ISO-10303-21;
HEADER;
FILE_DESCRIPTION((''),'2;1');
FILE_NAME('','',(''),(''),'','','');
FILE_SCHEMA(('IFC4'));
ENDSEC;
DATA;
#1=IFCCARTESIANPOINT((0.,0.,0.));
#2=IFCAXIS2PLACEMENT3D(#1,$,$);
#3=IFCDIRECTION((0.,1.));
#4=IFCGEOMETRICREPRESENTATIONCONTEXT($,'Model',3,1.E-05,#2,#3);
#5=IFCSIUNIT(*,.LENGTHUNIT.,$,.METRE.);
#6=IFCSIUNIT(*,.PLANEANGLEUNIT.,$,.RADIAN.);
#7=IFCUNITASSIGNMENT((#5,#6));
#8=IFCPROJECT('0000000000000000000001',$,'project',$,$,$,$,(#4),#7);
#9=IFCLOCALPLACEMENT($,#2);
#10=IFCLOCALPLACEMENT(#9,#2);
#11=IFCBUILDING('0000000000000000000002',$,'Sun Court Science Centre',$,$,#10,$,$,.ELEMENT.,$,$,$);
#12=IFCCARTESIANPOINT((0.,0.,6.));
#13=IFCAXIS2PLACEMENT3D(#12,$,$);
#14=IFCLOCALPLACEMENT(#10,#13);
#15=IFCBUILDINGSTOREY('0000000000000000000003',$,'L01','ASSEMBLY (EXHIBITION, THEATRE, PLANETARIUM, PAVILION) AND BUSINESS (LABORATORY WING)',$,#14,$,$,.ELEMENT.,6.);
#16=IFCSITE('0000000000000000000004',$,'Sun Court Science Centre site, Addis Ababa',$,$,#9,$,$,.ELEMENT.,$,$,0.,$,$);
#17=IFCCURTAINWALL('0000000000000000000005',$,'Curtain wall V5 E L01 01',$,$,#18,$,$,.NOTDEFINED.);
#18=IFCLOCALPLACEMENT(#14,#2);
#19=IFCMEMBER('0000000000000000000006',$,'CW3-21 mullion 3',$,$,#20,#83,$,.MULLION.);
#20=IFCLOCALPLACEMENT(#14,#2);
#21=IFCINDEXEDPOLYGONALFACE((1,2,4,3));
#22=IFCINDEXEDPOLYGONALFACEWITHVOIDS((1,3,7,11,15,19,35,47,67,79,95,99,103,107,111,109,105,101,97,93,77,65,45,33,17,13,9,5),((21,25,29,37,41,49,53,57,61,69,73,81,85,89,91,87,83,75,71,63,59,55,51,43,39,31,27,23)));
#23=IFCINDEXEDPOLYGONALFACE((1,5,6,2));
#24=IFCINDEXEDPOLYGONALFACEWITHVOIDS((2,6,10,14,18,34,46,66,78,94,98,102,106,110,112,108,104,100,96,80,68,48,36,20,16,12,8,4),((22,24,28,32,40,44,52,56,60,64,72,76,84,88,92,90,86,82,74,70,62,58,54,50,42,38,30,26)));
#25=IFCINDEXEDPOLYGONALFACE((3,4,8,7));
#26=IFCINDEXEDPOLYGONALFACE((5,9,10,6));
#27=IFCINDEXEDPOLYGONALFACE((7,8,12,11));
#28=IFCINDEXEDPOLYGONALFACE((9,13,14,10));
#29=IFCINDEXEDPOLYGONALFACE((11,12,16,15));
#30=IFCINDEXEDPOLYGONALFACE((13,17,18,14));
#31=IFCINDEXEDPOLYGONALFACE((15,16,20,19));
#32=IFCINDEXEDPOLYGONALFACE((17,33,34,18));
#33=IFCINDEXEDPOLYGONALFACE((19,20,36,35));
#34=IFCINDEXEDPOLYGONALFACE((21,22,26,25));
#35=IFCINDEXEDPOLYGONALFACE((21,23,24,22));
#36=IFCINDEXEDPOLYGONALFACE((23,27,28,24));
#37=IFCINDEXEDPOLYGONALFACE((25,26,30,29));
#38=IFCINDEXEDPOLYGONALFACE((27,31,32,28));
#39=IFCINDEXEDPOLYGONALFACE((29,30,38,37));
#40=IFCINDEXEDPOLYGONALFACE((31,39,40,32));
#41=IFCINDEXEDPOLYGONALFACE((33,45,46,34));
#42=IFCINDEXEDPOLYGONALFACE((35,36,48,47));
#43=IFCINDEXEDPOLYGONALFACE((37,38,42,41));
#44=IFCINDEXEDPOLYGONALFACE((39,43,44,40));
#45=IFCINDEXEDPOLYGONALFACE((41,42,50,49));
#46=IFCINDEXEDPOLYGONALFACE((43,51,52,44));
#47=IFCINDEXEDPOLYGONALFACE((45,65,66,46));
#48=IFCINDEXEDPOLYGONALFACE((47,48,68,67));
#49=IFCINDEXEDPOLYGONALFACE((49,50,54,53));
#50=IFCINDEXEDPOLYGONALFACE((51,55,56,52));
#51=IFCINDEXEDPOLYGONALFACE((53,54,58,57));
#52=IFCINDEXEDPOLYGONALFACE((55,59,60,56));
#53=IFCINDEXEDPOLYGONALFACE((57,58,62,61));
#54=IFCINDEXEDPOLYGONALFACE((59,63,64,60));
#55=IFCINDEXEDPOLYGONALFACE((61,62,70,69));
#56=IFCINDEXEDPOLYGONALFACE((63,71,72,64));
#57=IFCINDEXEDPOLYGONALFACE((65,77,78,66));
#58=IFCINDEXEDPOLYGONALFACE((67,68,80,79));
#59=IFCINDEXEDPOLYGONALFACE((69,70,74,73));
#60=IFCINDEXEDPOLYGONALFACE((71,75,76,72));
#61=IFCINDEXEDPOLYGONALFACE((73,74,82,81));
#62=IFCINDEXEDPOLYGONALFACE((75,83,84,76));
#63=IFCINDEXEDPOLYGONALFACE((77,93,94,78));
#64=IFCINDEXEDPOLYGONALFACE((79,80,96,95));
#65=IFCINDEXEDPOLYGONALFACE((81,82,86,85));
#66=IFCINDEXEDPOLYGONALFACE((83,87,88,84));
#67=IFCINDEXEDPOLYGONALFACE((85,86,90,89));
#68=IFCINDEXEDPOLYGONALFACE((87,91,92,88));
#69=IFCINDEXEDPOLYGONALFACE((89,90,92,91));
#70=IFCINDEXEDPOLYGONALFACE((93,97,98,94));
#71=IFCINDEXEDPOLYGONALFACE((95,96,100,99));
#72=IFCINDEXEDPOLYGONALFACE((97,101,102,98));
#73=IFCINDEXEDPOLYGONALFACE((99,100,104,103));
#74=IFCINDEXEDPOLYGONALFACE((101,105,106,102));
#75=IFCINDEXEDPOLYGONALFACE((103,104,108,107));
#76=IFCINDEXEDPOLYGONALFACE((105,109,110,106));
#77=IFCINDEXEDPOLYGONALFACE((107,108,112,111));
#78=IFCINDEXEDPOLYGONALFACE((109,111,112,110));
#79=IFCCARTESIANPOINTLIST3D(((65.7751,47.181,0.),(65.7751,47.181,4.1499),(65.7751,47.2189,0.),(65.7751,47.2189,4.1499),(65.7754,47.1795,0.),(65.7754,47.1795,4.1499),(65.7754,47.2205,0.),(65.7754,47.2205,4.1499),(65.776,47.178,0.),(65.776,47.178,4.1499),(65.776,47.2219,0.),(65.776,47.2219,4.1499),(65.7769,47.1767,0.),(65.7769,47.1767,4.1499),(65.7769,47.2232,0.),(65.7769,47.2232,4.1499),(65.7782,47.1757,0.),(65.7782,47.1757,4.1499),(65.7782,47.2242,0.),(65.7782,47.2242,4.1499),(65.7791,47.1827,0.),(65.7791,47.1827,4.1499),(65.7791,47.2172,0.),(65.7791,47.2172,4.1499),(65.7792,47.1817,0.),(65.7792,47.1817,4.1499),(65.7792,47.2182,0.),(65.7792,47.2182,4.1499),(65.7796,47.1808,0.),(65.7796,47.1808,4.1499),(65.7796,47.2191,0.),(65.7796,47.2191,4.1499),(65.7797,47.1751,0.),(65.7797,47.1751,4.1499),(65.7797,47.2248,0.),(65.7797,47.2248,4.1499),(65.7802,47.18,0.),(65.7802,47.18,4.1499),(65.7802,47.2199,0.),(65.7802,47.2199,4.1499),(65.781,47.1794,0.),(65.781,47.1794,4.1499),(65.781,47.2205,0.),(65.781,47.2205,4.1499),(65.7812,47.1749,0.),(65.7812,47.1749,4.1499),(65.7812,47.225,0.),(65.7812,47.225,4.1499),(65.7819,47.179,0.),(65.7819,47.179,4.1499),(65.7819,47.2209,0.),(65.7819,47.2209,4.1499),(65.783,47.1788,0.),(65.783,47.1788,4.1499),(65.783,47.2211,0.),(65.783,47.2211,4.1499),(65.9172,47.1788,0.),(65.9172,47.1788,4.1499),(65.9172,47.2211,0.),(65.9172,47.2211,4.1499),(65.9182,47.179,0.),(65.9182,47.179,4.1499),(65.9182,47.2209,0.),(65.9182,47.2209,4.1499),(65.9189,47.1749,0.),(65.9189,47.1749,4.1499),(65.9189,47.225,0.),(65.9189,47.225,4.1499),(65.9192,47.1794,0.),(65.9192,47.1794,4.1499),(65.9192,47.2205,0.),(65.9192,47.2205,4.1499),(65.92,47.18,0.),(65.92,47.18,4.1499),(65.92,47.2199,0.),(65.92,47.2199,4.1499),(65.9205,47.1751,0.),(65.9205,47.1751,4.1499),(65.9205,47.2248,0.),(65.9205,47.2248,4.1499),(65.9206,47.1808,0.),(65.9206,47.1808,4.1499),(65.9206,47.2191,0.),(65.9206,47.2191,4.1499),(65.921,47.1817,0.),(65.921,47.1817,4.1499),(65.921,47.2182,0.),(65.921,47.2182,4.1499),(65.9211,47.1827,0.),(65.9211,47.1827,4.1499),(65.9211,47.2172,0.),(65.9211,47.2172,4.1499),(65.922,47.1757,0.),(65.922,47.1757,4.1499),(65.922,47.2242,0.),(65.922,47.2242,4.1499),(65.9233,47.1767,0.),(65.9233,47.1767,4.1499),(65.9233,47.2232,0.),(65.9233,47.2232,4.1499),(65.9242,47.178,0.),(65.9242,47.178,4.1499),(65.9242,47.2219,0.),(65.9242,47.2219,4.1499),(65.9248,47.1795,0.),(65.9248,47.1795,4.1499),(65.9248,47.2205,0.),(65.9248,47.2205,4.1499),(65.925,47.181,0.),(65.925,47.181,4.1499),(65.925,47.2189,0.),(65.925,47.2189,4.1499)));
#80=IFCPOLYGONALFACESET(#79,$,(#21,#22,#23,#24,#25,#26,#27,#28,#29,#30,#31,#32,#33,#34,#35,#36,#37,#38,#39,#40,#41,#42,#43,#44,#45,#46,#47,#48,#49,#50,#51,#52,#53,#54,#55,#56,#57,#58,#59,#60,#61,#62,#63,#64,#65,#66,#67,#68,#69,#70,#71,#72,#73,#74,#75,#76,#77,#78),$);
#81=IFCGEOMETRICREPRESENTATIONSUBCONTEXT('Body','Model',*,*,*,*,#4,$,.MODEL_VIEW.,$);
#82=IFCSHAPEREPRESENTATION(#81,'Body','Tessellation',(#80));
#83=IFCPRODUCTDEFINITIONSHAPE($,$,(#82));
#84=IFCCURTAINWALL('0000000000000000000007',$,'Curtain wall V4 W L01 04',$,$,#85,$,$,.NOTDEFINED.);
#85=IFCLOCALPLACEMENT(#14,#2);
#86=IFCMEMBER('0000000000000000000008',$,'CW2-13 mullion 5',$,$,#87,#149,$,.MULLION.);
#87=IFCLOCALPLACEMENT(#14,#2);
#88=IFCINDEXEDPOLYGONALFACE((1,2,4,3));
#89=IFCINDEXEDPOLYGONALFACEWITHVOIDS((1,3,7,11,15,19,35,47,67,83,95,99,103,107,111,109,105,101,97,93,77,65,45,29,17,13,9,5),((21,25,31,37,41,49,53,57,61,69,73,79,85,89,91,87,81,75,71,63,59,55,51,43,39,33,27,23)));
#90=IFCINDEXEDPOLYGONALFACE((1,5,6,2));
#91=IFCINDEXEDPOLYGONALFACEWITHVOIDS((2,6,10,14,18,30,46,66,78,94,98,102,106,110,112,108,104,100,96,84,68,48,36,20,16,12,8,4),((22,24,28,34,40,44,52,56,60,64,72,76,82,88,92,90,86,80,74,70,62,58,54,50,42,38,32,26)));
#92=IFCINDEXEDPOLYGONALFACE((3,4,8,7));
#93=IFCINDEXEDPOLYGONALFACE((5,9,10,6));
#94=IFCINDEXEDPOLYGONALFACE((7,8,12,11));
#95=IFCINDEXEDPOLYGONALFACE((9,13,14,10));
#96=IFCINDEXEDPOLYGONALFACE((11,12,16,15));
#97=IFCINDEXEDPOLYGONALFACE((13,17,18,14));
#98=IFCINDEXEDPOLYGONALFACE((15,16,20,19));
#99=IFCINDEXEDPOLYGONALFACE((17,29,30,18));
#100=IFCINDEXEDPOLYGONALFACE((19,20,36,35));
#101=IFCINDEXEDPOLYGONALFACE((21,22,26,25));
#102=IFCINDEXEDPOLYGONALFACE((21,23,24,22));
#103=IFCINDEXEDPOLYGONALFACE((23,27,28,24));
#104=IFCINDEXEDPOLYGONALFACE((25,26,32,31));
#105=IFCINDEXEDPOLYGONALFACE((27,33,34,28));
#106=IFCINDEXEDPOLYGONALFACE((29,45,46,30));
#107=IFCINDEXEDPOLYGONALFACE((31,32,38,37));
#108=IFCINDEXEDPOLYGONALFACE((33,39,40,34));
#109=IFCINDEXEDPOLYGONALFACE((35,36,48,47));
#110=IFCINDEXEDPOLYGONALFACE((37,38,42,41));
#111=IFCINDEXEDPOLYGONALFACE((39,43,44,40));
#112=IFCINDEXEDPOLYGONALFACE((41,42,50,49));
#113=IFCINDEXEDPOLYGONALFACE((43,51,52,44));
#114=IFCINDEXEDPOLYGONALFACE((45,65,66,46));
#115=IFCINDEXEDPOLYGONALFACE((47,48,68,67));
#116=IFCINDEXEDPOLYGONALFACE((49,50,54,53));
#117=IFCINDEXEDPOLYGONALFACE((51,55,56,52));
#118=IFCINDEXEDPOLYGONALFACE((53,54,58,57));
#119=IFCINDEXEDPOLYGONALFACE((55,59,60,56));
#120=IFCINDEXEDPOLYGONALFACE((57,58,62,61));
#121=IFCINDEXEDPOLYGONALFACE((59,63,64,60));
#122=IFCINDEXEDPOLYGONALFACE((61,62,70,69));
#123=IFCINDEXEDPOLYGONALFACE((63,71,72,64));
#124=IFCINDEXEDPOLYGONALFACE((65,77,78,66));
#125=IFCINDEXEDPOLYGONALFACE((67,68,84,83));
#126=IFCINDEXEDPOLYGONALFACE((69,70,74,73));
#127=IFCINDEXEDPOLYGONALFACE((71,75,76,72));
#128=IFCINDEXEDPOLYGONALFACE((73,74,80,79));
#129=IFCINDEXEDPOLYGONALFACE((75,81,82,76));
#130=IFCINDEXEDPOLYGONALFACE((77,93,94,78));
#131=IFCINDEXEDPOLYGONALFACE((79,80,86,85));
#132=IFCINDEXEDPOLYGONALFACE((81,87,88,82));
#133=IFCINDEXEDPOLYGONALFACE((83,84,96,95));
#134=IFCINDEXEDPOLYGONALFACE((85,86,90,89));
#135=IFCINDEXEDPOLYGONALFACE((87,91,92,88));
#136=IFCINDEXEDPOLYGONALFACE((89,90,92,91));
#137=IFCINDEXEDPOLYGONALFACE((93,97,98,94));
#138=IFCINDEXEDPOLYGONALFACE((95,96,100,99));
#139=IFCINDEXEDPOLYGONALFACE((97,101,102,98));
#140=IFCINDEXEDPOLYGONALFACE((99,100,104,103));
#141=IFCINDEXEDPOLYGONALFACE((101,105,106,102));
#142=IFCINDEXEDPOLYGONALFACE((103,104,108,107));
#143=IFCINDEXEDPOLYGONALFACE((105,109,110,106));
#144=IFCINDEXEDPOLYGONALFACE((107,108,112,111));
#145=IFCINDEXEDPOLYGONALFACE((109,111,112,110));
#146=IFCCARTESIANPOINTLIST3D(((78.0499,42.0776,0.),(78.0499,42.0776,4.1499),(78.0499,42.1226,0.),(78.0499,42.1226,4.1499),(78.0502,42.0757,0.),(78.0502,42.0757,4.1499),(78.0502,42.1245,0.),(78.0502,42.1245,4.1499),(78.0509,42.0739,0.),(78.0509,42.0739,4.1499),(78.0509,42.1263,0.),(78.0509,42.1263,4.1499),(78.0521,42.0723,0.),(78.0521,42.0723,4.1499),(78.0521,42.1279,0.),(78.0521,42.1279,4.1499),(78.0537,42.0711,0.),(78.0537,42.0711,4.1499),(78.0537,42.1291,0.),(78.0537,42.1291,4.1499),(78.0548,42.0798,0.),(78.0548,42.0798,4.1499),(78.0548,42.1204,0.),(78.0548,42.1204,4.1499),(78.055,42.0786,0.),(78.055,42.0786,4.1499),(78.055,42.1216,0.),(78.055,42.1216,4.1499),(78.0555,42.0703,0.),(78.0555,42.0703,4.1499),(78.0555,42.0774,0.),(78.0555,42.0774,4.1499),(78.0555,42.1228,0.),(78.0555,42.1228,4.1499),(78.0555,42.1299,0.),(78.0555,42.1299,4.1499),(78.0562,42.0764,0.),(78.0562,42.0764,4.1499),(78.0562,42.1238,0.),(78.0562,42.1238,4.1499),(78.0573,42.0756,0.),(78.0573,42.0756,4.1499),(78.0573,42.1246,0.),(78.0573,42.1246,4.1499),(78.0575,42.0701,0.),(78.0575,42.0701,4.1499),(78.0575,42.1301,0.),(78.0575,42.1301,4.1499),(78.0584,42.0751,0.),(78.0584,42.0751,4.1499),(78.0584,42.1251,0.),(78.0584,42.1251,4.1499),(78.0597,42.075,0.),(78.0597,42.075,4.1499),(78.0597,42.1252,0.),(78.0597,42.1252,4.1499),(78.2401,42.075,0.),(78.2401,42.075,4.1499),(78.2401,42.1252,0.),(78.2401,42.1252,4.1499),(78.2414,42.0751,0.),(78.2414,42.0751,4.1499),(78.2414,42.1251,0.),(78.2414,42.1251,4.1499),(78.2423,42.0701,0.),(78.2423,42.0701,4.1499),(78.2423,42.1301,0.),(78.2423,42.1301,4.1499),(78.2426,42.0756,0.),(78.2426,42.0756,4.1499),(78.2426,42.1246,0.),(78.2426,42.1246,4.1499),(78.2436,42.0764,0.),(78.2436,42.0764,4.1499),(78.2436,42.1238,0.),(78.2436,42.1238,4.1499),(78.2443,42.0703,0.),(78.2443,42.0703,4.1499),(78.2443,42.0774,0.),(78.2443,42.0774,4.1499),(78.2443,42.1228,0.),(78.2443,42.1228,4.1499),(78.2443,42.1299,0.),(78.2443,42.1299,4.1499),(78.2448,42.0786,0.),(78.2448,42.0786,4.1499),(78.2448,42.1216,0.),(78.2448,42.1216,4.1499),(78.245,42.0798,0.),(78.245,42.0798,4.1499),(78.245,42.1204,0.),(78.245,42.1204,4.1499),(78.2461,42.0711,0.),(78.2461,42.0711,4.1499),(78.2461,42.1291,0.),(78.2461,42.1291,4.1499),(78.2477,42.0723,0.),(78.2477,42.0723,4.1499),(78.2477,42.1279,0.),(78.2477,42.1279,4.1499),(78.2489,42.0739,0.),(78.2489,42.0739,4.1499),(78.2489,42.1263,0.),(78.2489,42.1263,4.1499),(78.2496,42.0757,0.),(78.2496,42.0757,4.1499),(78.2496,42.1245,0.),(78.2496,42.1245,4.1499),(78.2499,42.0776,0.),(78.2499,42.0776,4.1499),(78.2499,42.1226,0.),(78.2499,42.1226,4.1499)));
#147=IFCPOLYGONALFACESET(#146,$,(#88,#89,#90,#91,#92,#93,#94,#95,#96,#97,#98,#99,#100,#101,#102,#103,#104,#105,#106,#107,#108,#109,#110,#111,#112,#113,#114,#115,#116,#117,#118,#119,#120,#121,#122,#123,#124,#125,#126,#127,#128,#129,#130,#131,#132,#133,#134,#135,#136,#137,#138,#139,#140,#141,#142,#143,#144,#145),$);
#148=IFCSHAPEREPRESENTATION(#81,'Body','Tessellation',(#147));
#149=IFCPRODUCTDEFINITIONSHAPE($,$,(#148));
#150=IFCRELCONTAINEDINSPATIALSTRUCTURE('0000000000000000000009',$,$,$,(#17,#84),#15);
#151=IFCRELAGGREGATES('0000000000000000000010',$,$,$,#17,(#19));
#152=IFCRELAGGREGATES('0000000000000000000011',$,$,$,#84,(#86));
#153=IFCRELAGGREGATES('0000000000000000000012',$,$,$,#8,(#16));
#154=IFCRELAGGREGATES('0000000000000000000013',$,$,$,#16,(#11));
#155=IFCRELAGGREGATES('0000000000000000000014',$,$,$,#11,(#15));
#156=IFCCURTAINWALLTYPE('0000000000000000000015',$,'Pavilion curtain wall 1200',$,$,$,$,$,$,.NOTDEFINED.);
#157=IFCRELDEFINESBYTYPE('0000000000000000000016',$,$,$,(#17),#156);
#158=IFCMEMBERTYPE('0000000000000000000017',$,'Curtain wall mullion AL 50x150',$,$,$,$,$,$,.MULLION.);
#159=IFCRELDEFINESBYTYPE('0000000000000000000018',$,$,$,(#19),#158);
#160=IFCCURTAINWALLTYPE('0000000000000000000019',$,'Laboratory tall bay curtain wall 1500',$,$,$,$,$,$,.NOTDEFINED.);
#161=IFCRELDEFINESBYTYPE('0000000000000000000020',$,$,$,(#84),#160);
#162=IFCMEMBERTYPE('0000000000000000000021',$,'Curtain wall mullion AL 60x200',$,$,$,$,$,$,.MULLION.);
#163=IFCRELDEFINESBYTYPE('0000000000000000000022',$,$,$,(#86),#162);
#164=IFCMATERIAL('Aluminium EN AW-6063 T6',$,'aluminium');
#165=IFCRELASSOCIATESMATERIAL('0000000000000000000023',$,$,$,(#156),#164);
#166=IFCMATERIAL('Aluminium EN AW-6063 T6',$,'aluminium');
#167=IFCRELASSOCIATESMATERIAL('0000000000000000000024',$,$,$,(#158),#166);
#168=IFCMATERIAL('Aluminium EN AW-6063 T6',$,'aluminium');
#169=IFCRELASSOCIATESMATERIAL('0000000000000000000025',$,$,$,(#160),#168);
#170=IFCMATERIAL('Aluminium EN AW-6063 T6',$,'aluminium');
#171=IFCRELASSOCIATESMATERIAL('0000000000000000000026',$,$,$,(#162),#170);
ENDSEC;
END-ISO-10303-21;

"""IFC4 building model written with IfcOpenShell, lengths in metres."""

from ifc_helpers import new_model, si_unit, direction, frame, origin, origin_2d, place, context, subcontext, project, spatial, hollow_rectangle, extrude, material, material_profile, profile_set, type_object, element, aggregate, save


model = new_model("IFC4")

# Units and contexts
model_context = context("Model", 3, precision=1e-05, world=origin(), true_north=direction((0.0, 1.0)))
body_context = subcontext(model_context, "Body", "Model", "MODEL_VIEW")
ifc_project = project(units=[si_unit("LENGTHUNIT", "METRE"), si_unit("PLANEANGLEUNIT", "RADIAN")], contexts=[model_context])

# Site, building, storey
site_placement = place(None, origin())
site = spatial("IfcSite", under=ifc_project, at=site_placement, Name="Sun Court Science Centre site, Addis Ababa", CompositionType="ELEMENT", RefElevation=0.0)
building_placement = place(site_placement, origin())
building = spatial("IfcBuilding", under=site, at=building_placement, Name="Sun Court Science Centre", CompositionType="ELEMENT")
storey_placement = place(building_placement, frame((0.0, 0.0, 6.0)))
storey = spatial("IfcBuildingStorey", under=building, at=storey_placement, Name="L01", Description="ASSEMBLY (EXHIBITION, THEATRE, PLANETARIUM, PAVILION) AND BUSINESS (LABORATORY WING)", CompositionType="ELEMENT", Elevation=6.0)

# Curtain wall, member
ifc_material_1 = material(Name="Aluminium EN AW-6063 T6", Category="aluminium")
curtain_wall_type_1 = type_object("IfcCurtainWallType", Name="Pavilion curtain wall 1200", PredefinedType="NOTDEFINED", material=ifc_material_1)
curtain_wall_1_placement = place(storey_placement, origin())
curtain_wall_1 = element("IfcCurtainWall", 1, at=curtain_wall_1_placement, inside=storey, type_object=curtain_wall_type_1, Name="Curtain wall V5 E L01 01", PredefinedType="NOTDEFINED")
ifc_material_2 = material(Name="Aluminium EN AW-6063 T6", Category="aluminium")
ifc_material_profile_1 = material_profile(ifc_material_2, hollow_rectangle(XDim=0.05, YDim=0.1499, WallThickness=0.0039, InnerFilletRadius=0.0039, OuterFilletRadius=0.0061, at=origin_2d()), Name="AL 50x150x4")
ifc_profile_set_1 = profile_set([ifc_material_profile_1], Name="Aluminium EN AW-6063 T6")
member_type_1 = type_object("IfcMemberType", Name="Curtain wall mullion AL 50x150", PredefinedType="MULLION", material=ifc_profile_set_1)
member_1_placement = place(storey_placement, frame((65.8501, 47.2, 0.0), z_axis=(0.0, 0.0, 1.0), x_axis=(0.0, -1.0, 0.0)))
member_1 = element("IfcMember", 2, at=member_1_placement, type_object=member_type_1, Name="CW3-21 mullion 3", PredefinedType="MULLION", context=body_context, shape_type="SweptSolid", body=[
    extrude(hollow_rectangle(XDim=0.05, YDim=0.1499, WallThickness=0.0039, InnerFilletRadius=0.0039, OuterFilletRadius=0.0061, at=origin_2d()), origin(), (0.0, 0.0, 1.0), 4.1499),
])

# Curtain wall, member
ifc_material_3 = material(Name="Aluminium EN AW-6063 T6", Category="aluminium")
curtain_wall_type_2 = type_object("IfcCurtainWallType", Name="Laboratory tall bay curtain wall 1500", PredefinedType="NOTDEFINED", material=ifc_material_3)
curtain_wall_2_placement = place(storey_placement, origin())
curtain_wall_2 = element("IfcCurtainWall", 3, at=curtain_wall_2_placement, inside=storey, type_object=curtain_wall_type_2, Name="Curtain wall V4 W L01 04", PredefinedType="NOTDEFINED")
ifc_material_4 = material(Name="Aluminium EN AW-6063 T6", Category="aluminium")
ifc_material_profile_2 = material_profile(ifc_material_4, hollow_rectangle(XDim=0.0601, YDim=0.2, WallThickness=0.0049, InnerFilletRadius=0.0049, OuterFilletRadius=0.0076, at=origin_2d()), Name="AL 60x200x5")
ifc_profile_set_2 = profile_set([ifc_material_profile_2], Name="Aluminium EN AW-6063 T6")
member_type_2 = type_object("IfcMemberType", Name="Curtain wall mullion AL 60x200", PredefinedType="MULLION", material=ifc_profile_set_2)
member_2_placement = place(storey_placement, frame((78.1499, 42.1001, 0.0), z_axis=(0.0, 0.0, 1.0), x_axis=(0.0, 1.0, 0.0)))
member_2 = element("IfcMember", 4, at=member_2_placement, type_object=member_type_2, Name="CW2-13 mullion 5", PredefinedType="MULLION", context=body_context, shape_type="SweptSolid", body=[
    extrude(hollow_rectangle(XDim=0.0601, YDim=0.2, WallThickness=0.0049, InnerFilletRadius=0.0049, OuterFilletRadius=0.0076, at=origin_2d()), origin(), (0.0, 0.0, 1.0), 4.1499),
])

aggregate(curtain_wall_1, [member_1])
aggregate(curtain_wall_2, [member_2])

save(model, "model.ifc")
